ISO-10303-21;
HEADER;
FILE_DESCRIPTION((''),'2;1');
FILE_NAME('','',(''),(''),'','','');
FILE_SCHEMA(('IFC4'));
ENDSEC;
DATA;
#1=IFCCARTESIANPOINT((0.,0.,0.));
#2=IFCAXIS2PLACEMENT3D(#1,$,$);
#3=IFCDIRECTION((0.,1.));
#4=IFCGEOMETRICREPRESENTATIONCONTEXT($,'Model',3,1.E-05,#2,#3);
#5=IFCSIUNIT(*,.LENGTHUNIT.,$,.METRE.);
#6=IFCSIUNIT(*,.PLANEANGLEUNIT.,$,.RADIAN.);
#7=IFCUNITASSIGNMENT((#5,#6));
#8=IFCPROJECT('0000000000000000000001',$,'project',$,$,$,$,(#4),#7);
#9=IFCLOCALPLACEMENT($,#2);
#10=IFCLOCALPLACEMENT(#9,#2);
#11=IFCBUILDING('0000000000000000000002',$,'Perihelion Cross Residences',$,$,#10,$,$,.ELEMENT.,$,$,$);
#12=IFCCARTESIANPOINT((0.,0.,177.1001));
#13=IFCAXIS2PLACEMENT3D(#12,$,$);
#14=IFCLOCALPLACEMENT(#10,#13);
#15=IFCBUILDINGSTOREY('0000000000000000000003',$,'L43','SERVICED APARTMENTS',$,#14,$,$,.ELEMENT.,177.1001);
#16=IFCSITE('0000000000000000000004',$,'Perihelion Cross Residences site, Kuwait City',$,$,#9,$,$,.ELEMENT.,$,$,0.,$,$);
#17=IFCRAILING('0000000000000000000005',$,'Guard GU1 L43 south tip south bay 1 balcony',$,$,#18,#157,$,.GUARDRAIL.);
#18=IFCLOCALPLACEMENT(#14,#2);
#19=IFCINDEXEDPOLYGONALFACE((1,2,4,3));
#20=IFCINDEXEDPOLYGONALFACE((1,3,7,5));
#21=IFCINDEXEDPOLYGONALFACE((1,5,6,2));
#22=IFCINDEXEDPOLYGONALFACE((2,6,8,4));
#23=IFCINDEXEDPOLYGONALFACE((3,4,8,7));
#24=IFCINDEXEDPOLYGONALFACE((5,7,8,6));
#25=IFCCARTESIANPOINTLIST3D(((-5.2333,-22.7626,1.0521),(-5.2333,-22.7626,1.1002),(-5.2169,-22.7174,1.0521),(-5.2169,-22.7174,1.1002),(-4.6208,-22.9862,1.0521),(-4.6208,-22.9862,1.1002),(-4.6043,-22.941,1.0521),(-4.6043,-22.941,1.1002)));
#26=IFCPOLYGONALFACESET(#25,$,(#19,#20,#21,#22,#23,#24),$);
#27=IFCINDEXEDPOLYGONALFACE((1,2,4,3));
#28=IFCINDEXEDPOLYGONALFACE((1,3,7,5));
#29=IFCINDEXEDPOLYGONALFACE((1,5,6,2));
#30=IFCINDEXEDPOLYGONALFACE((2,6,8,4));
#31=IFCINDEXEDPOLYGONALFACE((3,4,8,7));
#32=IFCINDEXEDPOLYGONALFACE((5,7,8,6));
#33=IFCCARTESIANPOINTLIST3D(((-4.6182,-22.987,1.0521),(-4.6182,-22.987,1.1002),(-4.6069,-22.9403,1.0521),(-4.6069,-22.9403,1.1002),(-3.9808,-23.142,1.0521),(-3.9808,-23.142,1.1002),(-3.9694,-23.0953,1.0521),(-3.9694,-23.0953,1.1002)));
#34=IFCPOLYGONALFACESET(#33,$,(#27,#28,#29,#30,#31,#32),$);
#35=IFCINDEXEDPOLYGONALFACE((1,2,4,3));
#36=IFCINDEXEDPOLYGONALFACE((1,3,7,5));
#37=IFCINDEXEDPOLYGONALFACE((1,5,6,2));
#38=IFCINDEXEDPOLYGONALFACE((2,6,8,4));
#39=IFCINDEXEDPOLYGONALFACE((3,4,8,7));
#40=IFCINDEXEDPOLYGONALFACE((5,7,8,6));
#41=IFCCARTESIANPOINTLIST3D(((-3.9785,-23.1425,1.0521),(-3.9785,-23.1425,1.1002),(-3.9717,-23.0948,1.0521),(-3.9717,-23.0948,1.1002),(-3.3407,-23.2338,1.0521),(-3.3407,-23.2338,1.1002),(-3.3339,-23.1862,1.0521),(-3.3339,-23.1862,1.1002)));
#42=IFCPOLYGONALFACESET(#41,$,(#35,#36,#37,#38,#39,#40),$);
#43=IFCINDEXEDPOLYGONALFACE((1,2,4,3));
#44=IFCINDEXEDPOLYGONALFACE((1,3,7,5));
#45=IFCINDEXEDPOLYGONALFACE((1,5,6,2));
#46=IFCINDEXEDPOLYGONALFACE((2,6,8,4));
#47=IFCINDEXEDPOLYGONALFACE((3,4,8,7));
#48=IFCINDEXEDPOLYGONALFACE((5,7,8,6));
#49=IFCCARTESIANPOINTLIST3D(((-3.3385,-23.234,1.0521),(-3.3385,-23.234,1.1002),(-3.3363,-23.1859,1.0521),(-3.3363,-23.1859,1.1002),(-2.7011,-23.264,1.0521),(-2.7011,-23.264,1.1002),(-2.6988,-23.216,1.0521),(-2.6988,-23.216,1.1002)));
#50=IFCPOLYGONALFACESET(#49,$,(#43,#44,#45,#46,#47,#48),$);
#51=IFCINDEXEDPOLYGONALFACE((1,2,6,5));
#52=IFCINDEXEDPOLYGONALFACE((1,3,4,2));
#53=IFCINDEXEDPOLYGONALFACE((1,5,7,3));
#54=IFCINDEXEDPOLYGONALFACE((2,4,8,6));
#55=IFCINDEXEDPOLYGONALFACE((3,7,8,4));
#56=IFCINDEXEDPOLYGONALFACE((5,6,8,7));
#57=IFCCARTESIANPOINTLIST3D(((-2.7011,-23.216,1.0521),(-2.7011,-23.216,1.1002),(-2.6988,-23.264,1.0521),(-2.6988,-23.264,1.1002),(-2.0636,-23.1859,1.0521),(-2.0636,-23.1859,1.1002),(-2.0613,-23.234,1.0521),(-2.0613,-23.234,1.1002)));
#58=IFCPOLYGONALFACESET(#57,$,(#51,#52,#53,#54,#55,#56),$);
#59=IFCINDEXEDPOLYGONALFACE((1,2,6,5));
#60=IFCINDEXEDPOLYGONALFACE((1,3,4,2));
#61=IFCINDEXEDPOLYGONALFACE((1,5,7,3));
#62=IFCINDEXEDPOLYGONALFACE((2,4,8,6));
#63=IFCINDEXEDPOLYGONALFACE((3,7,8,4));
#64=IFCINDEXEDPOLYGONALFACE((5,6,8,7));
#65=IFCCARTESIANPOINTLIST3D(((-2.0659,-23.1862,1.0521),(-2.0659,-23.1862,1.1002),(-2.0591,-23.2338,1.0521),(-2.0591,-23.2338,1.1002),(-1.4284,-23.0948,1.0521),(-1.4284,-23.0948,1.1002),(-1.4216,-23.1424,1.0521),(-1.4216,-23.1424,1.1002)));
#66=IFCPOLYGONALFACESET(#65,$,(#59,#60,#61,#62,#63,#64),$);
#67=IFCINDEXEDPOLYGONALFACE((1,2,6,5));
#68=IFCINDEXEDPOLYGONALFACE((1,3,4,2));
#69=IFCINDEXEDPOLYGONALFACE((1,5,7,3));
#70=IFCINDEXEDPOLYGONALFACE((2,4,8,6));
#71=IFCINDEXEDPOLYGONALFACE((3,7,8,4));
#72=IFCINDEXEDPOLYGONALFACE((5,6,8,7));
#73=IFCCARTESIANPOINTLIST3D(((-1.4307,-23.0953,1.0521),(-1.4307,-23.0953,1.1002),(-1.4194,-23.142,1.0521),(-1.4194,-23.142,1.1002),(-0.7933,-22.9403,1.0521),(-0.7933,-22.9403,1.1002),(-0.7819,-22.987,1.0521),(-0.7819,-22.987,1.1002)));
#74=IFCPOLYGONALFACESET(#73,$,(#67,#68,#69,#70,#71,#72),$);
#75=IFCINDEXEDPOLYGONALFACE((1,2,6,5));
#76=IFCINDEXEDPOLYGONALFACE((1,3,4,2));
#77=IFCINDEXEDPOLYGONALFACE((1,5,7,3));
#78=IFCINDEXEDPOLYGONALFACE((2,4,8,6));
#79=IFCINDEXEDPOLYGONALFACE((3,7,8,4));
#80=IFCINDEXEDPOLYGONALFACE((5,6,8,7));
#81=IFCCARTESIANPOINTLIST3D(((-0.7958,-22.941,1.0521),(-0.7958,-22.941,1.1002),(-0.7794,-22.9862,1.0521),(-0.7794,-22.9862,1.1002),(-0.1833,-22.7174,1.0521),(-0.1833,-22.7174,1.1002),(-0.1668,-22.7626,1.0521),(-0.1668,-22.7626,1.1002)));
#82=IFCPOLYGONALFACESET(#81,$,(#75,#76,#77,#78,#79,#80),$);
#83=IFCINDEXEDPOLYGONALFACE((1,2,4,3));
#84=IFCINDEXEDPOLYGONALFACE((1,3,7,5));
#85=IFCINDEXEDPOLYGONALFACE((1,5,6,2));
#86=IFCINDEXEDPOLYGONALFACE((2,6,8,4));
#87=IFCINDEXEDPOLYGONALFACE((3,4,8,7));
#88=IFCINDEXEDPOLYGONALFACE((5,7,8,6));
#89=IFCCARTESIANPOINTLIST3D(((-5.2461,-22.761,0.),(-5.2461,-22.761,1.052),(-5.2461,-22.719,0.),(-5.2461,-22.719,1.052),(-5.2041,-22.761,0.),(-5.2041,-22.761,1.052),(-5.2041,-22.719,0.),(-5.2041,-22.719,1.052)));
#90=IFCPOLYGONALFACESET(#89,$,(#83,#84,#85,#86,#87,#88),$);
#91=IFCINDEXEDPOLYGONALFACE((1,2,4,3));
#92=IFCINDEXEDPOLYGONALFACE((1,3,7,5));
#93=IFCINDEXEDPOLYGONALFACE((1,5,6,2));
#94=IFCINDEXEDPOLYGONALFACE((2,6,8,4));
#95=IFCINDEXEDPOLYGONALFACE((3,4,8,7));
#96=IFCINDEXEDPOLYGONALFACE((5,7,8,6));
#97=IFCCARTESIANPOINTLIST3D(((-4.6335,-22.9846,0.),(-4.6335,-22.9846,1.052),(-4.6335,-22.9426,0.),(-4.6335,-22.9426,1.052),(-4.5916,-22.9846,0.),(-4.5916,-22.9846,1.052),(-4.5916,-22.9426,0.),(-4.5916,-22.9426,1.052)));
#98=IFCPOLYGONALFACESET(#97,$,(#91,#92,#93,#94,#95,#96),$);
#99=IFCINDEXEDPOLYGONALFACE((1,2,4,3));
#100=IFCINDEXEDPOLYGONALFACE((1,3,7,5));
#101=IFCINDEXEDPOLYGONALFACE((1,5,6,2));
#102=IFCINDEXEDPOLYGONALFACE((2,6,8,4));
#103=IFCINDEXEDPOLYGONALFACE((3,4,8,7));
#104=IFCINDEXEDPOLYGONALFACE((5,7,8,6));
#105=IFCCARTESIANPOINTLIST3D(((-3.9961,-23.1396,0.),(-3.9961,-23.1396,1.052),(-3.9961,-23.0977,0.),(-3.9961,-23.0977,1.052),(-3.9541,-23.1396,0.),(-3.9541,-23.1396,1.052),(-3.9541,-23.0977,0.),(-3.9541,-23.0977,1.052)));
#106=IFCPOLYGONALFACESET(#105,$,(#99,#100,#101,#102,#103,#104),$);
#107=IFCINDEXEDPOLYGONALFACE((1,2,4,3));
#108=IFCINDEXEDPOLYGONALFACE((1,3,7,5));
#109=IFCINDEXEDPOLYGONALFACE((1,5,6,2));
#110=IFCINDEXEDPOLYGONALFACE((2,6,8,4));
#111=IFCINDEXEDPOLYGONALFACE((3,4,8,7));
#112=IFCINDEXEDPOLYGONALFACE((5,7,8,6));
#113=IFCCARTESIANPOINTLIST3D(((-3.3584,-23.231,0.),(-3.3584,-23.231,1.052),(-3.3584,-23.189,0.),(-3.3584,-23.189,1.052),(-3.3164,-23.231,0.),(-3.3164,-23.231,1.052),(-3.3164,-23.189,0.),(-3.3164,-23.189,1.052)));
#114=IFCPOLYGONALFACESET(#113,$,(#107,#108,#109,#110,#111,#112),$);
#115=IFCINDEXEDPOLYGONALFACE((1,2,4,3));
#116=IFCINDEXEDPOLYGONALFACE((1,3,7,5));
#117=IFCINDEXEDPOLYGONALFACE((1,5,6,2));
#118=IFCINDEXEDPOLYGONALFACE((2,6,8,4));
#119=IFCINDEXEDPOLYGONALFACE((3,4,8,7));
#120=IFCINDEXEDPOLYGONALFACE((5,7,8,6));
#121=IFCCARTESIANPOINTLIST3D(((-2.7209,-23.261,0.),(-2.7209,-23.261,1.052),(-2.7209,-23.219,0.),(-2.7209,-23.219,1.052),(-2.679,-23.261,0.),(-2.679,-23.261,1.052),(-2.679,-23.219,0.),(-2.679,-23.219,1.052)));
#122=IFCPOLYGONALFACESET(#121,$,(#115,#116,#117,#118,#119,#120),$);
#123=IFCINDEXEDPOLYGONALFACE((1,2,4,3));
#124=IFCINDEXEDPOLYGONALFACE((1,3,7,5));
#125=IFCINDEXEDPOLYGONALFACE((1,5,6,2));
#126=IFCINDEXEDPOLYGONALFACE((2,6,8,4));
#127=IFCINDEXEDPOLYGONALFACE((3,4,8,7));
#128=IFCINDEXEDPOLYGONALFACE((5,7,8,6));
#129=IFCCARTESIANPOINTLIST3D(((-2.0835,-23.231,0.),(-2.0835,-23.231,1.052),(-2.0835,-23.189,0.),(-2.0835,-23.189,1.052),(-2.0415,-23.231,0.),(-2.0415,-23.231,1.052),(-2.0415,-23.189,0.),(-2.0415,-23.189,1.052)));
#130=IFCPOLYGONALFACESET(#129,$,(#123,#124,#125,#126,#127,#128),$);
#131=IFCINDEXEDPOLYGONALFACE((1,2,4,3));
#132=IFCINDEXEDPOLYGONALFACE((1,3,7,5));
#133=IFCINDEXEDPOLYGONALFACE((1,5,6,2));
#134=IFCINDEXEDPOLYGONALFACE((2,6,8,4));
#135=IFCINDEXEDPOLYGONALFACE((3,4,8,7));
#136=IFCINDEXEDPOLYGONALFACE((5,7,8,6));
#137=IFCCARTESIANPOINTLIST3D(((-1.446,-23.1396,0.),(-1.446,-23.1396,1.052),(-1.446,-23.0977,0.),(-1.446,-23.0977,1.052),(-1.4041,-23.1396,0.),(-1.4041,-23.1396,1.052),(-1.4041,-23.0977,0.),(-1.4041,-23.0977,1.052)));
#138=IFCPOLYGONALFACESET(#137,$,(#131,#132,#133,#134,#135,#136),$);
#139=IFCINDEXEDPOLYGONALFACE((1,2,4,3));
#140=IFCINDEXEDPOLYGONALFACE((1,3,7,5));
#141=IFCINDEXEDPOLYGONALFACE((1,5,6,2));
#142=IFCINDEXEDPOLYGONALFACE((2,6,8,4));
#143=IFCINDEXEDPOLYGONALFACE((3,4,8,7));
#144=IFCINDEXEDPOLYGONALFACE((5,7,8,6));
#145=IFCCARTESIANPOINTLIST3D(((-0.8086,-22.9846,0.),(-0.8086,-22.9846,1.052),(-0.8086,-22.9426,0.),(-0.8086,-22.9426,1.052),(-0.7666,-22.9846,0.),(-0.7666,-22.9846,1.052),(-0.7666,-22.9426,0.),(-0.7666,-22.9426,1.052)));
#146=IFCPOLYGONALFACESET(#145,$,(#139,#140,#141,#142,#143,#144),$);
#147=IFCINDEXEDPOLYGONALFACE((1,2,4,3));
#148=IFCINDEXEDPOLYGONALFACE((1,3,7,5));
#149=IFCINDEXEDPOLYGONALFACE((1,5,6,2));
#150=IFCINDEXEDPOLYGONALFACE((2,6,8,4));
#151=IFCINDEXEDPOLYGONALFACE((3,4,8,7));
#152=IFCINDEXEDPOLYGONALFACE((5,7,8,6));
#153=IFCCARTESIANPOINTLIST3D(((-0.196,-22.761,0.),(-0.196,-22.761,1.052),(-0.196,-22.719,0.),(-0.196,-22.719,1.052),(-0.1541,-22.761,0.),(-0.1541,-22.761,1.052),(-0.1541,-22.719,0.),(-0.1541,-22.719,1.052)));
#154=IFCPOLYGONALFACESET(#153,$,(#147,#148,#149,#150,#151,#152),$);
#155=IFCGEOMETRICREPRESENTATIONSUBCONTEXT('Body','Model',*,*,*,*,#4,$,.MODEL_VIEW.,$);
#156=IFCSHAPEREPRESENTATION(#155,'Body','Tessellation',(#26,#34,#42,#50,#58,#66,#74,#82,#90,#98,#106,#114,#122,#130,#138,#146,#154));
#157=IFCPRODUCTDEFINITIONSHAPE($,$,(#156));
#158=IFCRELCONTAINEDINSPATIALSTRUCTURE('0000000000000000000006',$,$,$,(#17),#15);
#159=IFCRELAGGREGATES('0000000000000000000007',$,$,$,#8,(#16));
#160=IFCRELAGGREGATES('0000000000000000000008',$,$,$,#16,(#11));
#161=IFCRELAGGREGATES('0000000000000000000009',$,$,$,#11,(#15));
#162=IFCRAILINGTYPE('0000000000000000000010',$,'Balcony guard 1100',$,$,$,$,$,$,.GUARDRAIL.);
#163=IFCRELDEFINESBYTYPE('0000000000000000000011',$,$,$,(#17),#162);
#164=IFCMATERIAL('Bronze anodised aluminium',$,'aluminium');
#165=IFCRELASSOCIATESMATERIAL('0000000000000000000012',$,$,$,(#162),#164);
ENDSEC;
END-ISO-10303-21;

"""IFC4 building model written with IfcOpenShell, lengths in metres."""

from ifc_helpers import new_model, si_unit, direction, frame, origin, origin_2d, place, context, subcontext, project, spatial, rectangle, extrude, material, type_object, element, save


model = new_model("IFC4")

# Units and contexts
model_context = context("Model", 3, precision=1e-05, world=origin(), true_north=direction((0.0, 1.0)))
body_context = subcontext(model_context, "Body", "Model", "MODEL_VIEW")
ifc_project = project(units=[si_unit("LENGTHUNIT", "METRE"), si_unit("PLANEANGLEUNIT", "RADIAN")], contexts=[model_context])

# Site, building, storey
site_placement = place(None, origin())
site = spatial("IfcSite", under=ifc_project, at=site_placement, Name="Perihelion Cross Residences site, Kuwait City", CompositionType="ELEMENT", RefElevation=0.0)
building_placement = place(site_placement, origin())
building = spatial("IfcBuilding", under=site, at=building_placement, Name="Perihelion Cross Residences", CompositionType="ELEMENT")
storey_placement = place(building_placement, frame((0.0, 0.0, 177.1001)))
storey = spatial("IfcBuildingStorey", under=building, at=storey_placement, Name="L43", Description="SERVICED APARTMENTS", CompositionType="ELEMENT", Elevation=177.1001)

# Railing
ifc_material_1 = material(Name="Bronze anodised aluminium", Category="aluminium")
railing_type = type_object("IfcRailingType", Name="Balcony guard 1100", PredefinedType="GUARDRAIL", material=ifc_material_1)
railing_placement = place(storey_placement, frame((-5.2251, -22.74, 0.0)))
element("IfcRailing", 1, at=railing_placement, inside=storey, type_object=railing_type, Name="Guard GU1 L43 south tip south bay 1 balcony", PredefinedType="GUARDRAIL", context=body_context, shape_type="SweptSolid", body=[
    extrude(rectangle(XDim=0.0481, YDim=0.0481, at=origin_2d()), frame((0.0, 0.0, 1.0762), z_axis=(0.939355, -0.342945, 0.0), x_axis=(0.342945, 0.939355, 0.0)), (0.0, 0.0, 1.0), 0.6521),
    extrude(rectangle(XDim=0.0481, YDim=0.0481, at=origin_2d()), frame((0.6125, -0.2236, 1.0762), z_axis=(0.971677, -0.236314, 0.0), x_axis=(0.236314, 0.971677, 0.0)), (0.0, 0.0, 1.0), 0.656),
    extrude(rectangle(XDim=0.0481, YDim=0.0481, at=origin_2d()), frame((1.25, -0.3787, 1.0762), z_axis=(0.989904, -0.14174, 0.0), x_axis=(0.14174, 0.989904, 0.0)), (0.0, 0.0, 1.0), 0.6443),
    extrude(rectangle(XDim=0.0481, YDim=0.0481, at=origin_2d()), frame((1.8877, -0.47, 1.0762), z_axis=(0.998892, -0.047056, 0.0), x_axis=(0.047056, 0.998892, 0.0)), (0.0, 0.0, 1.0), 0.6382),
    extrude(rectangle(XDim=0.0481, YDim=0.0481, at=origin_2d()), frame((2.5251, -0.5, 1.0762), z_axis=(0.998892, 0.047056, 0.0), x_axis=(-0.047056, 0.998892, 0.0)), (0.0, 0.0, 1.0), 0.6382),
    extrude(rectangle(XDim=0.0481, YDim=0.0481, at=origin_2d()), frame((3.1626, -0.47, 1.0762), z_axis=(0.989896, 0.141793, 0.0), x_axis=(-0.141793, 0.989896, 0.0)), (0.0, 0.0, 1.0), 0.644),
    extrude(rectangle(XDim=0.0481, YDim=0.0481, at=origin_2d()), frame((3.8, -0.3787, 1.0762), z_axis=(0.971677, 0.236314, 0.0), x_axis=(-0.236314, 0.971677, 0.0)), (0.0, 0.0, 1.0), 0.656),
    extrude(rectangle(XDim=0.0481, YDim=0.0481, at=origin_2d()), frame((4.4375, -0.2236, 1.0762), z_axis=(0.939355, 0.342945, 0.0), x_axis=(-0.342945, 0.939355, 0.0)), (0.0, 0.0, 1.0), 0.6521),
    extrude(rectangle(XDim=0.042, YDim=0.042, at=origin_2d()), origin(), (0.0, 0.0, 1.0), 1.052),
    extrude(rectangle(XDim=0.042, YDim=0.042, at=origin_2d()), frame((0.6125, -0.2236, 0.0)), (0.0, 0.0, 1.0), 1.052),
    extrude(rectangle(XDim=0.042, YDim=0.042, at=origin_2d()), frame((1.25, -0.3787, 0.0)), (0.0, 0.0, 1.0), 1.052),
    extrude(rectangle(XDim=0.042, YDim=0.042, at=origin_2d()), frame((1.8877, -0.47, 0.0)), (0.0, 0.0, 1.0), 1.052),
    extrude(rectangle(XDim=0.042, YDim=0.042, at=origin_2d()), frame((2.5251, -0.5, 0.0)), (0.0, 0.0, 1.0), 1.052),
    extrude(rectangle(XDim=0.042, YDim=0.042, at=origin_2d()), frame((3.1626, -0.47, 0.0)), (0.0, 0.0, 1.0), 1.052),
    extrude(rectangle(XDim=0.042, YDim=0.042, at=origin_2d()), frame((3.8, -0.3787, 0.0)), (0.0, 0.0, 1.0), 1.052),
    extrude(rectangle(XDim=0.042, YDim=0.042, at=origin_2d()), frame((4.4375, -0.2236, 0.0)), (0.0, 0.0, 1.0), 1.052),
    extrude(rectangle(XDim=0.042, YDim=0.042, at=origin_2d()), frame((5.05, 0.0, 0.0)), (0.0, 0.0, 1.0), 1.052),
])

save(model, "model.ifc")
